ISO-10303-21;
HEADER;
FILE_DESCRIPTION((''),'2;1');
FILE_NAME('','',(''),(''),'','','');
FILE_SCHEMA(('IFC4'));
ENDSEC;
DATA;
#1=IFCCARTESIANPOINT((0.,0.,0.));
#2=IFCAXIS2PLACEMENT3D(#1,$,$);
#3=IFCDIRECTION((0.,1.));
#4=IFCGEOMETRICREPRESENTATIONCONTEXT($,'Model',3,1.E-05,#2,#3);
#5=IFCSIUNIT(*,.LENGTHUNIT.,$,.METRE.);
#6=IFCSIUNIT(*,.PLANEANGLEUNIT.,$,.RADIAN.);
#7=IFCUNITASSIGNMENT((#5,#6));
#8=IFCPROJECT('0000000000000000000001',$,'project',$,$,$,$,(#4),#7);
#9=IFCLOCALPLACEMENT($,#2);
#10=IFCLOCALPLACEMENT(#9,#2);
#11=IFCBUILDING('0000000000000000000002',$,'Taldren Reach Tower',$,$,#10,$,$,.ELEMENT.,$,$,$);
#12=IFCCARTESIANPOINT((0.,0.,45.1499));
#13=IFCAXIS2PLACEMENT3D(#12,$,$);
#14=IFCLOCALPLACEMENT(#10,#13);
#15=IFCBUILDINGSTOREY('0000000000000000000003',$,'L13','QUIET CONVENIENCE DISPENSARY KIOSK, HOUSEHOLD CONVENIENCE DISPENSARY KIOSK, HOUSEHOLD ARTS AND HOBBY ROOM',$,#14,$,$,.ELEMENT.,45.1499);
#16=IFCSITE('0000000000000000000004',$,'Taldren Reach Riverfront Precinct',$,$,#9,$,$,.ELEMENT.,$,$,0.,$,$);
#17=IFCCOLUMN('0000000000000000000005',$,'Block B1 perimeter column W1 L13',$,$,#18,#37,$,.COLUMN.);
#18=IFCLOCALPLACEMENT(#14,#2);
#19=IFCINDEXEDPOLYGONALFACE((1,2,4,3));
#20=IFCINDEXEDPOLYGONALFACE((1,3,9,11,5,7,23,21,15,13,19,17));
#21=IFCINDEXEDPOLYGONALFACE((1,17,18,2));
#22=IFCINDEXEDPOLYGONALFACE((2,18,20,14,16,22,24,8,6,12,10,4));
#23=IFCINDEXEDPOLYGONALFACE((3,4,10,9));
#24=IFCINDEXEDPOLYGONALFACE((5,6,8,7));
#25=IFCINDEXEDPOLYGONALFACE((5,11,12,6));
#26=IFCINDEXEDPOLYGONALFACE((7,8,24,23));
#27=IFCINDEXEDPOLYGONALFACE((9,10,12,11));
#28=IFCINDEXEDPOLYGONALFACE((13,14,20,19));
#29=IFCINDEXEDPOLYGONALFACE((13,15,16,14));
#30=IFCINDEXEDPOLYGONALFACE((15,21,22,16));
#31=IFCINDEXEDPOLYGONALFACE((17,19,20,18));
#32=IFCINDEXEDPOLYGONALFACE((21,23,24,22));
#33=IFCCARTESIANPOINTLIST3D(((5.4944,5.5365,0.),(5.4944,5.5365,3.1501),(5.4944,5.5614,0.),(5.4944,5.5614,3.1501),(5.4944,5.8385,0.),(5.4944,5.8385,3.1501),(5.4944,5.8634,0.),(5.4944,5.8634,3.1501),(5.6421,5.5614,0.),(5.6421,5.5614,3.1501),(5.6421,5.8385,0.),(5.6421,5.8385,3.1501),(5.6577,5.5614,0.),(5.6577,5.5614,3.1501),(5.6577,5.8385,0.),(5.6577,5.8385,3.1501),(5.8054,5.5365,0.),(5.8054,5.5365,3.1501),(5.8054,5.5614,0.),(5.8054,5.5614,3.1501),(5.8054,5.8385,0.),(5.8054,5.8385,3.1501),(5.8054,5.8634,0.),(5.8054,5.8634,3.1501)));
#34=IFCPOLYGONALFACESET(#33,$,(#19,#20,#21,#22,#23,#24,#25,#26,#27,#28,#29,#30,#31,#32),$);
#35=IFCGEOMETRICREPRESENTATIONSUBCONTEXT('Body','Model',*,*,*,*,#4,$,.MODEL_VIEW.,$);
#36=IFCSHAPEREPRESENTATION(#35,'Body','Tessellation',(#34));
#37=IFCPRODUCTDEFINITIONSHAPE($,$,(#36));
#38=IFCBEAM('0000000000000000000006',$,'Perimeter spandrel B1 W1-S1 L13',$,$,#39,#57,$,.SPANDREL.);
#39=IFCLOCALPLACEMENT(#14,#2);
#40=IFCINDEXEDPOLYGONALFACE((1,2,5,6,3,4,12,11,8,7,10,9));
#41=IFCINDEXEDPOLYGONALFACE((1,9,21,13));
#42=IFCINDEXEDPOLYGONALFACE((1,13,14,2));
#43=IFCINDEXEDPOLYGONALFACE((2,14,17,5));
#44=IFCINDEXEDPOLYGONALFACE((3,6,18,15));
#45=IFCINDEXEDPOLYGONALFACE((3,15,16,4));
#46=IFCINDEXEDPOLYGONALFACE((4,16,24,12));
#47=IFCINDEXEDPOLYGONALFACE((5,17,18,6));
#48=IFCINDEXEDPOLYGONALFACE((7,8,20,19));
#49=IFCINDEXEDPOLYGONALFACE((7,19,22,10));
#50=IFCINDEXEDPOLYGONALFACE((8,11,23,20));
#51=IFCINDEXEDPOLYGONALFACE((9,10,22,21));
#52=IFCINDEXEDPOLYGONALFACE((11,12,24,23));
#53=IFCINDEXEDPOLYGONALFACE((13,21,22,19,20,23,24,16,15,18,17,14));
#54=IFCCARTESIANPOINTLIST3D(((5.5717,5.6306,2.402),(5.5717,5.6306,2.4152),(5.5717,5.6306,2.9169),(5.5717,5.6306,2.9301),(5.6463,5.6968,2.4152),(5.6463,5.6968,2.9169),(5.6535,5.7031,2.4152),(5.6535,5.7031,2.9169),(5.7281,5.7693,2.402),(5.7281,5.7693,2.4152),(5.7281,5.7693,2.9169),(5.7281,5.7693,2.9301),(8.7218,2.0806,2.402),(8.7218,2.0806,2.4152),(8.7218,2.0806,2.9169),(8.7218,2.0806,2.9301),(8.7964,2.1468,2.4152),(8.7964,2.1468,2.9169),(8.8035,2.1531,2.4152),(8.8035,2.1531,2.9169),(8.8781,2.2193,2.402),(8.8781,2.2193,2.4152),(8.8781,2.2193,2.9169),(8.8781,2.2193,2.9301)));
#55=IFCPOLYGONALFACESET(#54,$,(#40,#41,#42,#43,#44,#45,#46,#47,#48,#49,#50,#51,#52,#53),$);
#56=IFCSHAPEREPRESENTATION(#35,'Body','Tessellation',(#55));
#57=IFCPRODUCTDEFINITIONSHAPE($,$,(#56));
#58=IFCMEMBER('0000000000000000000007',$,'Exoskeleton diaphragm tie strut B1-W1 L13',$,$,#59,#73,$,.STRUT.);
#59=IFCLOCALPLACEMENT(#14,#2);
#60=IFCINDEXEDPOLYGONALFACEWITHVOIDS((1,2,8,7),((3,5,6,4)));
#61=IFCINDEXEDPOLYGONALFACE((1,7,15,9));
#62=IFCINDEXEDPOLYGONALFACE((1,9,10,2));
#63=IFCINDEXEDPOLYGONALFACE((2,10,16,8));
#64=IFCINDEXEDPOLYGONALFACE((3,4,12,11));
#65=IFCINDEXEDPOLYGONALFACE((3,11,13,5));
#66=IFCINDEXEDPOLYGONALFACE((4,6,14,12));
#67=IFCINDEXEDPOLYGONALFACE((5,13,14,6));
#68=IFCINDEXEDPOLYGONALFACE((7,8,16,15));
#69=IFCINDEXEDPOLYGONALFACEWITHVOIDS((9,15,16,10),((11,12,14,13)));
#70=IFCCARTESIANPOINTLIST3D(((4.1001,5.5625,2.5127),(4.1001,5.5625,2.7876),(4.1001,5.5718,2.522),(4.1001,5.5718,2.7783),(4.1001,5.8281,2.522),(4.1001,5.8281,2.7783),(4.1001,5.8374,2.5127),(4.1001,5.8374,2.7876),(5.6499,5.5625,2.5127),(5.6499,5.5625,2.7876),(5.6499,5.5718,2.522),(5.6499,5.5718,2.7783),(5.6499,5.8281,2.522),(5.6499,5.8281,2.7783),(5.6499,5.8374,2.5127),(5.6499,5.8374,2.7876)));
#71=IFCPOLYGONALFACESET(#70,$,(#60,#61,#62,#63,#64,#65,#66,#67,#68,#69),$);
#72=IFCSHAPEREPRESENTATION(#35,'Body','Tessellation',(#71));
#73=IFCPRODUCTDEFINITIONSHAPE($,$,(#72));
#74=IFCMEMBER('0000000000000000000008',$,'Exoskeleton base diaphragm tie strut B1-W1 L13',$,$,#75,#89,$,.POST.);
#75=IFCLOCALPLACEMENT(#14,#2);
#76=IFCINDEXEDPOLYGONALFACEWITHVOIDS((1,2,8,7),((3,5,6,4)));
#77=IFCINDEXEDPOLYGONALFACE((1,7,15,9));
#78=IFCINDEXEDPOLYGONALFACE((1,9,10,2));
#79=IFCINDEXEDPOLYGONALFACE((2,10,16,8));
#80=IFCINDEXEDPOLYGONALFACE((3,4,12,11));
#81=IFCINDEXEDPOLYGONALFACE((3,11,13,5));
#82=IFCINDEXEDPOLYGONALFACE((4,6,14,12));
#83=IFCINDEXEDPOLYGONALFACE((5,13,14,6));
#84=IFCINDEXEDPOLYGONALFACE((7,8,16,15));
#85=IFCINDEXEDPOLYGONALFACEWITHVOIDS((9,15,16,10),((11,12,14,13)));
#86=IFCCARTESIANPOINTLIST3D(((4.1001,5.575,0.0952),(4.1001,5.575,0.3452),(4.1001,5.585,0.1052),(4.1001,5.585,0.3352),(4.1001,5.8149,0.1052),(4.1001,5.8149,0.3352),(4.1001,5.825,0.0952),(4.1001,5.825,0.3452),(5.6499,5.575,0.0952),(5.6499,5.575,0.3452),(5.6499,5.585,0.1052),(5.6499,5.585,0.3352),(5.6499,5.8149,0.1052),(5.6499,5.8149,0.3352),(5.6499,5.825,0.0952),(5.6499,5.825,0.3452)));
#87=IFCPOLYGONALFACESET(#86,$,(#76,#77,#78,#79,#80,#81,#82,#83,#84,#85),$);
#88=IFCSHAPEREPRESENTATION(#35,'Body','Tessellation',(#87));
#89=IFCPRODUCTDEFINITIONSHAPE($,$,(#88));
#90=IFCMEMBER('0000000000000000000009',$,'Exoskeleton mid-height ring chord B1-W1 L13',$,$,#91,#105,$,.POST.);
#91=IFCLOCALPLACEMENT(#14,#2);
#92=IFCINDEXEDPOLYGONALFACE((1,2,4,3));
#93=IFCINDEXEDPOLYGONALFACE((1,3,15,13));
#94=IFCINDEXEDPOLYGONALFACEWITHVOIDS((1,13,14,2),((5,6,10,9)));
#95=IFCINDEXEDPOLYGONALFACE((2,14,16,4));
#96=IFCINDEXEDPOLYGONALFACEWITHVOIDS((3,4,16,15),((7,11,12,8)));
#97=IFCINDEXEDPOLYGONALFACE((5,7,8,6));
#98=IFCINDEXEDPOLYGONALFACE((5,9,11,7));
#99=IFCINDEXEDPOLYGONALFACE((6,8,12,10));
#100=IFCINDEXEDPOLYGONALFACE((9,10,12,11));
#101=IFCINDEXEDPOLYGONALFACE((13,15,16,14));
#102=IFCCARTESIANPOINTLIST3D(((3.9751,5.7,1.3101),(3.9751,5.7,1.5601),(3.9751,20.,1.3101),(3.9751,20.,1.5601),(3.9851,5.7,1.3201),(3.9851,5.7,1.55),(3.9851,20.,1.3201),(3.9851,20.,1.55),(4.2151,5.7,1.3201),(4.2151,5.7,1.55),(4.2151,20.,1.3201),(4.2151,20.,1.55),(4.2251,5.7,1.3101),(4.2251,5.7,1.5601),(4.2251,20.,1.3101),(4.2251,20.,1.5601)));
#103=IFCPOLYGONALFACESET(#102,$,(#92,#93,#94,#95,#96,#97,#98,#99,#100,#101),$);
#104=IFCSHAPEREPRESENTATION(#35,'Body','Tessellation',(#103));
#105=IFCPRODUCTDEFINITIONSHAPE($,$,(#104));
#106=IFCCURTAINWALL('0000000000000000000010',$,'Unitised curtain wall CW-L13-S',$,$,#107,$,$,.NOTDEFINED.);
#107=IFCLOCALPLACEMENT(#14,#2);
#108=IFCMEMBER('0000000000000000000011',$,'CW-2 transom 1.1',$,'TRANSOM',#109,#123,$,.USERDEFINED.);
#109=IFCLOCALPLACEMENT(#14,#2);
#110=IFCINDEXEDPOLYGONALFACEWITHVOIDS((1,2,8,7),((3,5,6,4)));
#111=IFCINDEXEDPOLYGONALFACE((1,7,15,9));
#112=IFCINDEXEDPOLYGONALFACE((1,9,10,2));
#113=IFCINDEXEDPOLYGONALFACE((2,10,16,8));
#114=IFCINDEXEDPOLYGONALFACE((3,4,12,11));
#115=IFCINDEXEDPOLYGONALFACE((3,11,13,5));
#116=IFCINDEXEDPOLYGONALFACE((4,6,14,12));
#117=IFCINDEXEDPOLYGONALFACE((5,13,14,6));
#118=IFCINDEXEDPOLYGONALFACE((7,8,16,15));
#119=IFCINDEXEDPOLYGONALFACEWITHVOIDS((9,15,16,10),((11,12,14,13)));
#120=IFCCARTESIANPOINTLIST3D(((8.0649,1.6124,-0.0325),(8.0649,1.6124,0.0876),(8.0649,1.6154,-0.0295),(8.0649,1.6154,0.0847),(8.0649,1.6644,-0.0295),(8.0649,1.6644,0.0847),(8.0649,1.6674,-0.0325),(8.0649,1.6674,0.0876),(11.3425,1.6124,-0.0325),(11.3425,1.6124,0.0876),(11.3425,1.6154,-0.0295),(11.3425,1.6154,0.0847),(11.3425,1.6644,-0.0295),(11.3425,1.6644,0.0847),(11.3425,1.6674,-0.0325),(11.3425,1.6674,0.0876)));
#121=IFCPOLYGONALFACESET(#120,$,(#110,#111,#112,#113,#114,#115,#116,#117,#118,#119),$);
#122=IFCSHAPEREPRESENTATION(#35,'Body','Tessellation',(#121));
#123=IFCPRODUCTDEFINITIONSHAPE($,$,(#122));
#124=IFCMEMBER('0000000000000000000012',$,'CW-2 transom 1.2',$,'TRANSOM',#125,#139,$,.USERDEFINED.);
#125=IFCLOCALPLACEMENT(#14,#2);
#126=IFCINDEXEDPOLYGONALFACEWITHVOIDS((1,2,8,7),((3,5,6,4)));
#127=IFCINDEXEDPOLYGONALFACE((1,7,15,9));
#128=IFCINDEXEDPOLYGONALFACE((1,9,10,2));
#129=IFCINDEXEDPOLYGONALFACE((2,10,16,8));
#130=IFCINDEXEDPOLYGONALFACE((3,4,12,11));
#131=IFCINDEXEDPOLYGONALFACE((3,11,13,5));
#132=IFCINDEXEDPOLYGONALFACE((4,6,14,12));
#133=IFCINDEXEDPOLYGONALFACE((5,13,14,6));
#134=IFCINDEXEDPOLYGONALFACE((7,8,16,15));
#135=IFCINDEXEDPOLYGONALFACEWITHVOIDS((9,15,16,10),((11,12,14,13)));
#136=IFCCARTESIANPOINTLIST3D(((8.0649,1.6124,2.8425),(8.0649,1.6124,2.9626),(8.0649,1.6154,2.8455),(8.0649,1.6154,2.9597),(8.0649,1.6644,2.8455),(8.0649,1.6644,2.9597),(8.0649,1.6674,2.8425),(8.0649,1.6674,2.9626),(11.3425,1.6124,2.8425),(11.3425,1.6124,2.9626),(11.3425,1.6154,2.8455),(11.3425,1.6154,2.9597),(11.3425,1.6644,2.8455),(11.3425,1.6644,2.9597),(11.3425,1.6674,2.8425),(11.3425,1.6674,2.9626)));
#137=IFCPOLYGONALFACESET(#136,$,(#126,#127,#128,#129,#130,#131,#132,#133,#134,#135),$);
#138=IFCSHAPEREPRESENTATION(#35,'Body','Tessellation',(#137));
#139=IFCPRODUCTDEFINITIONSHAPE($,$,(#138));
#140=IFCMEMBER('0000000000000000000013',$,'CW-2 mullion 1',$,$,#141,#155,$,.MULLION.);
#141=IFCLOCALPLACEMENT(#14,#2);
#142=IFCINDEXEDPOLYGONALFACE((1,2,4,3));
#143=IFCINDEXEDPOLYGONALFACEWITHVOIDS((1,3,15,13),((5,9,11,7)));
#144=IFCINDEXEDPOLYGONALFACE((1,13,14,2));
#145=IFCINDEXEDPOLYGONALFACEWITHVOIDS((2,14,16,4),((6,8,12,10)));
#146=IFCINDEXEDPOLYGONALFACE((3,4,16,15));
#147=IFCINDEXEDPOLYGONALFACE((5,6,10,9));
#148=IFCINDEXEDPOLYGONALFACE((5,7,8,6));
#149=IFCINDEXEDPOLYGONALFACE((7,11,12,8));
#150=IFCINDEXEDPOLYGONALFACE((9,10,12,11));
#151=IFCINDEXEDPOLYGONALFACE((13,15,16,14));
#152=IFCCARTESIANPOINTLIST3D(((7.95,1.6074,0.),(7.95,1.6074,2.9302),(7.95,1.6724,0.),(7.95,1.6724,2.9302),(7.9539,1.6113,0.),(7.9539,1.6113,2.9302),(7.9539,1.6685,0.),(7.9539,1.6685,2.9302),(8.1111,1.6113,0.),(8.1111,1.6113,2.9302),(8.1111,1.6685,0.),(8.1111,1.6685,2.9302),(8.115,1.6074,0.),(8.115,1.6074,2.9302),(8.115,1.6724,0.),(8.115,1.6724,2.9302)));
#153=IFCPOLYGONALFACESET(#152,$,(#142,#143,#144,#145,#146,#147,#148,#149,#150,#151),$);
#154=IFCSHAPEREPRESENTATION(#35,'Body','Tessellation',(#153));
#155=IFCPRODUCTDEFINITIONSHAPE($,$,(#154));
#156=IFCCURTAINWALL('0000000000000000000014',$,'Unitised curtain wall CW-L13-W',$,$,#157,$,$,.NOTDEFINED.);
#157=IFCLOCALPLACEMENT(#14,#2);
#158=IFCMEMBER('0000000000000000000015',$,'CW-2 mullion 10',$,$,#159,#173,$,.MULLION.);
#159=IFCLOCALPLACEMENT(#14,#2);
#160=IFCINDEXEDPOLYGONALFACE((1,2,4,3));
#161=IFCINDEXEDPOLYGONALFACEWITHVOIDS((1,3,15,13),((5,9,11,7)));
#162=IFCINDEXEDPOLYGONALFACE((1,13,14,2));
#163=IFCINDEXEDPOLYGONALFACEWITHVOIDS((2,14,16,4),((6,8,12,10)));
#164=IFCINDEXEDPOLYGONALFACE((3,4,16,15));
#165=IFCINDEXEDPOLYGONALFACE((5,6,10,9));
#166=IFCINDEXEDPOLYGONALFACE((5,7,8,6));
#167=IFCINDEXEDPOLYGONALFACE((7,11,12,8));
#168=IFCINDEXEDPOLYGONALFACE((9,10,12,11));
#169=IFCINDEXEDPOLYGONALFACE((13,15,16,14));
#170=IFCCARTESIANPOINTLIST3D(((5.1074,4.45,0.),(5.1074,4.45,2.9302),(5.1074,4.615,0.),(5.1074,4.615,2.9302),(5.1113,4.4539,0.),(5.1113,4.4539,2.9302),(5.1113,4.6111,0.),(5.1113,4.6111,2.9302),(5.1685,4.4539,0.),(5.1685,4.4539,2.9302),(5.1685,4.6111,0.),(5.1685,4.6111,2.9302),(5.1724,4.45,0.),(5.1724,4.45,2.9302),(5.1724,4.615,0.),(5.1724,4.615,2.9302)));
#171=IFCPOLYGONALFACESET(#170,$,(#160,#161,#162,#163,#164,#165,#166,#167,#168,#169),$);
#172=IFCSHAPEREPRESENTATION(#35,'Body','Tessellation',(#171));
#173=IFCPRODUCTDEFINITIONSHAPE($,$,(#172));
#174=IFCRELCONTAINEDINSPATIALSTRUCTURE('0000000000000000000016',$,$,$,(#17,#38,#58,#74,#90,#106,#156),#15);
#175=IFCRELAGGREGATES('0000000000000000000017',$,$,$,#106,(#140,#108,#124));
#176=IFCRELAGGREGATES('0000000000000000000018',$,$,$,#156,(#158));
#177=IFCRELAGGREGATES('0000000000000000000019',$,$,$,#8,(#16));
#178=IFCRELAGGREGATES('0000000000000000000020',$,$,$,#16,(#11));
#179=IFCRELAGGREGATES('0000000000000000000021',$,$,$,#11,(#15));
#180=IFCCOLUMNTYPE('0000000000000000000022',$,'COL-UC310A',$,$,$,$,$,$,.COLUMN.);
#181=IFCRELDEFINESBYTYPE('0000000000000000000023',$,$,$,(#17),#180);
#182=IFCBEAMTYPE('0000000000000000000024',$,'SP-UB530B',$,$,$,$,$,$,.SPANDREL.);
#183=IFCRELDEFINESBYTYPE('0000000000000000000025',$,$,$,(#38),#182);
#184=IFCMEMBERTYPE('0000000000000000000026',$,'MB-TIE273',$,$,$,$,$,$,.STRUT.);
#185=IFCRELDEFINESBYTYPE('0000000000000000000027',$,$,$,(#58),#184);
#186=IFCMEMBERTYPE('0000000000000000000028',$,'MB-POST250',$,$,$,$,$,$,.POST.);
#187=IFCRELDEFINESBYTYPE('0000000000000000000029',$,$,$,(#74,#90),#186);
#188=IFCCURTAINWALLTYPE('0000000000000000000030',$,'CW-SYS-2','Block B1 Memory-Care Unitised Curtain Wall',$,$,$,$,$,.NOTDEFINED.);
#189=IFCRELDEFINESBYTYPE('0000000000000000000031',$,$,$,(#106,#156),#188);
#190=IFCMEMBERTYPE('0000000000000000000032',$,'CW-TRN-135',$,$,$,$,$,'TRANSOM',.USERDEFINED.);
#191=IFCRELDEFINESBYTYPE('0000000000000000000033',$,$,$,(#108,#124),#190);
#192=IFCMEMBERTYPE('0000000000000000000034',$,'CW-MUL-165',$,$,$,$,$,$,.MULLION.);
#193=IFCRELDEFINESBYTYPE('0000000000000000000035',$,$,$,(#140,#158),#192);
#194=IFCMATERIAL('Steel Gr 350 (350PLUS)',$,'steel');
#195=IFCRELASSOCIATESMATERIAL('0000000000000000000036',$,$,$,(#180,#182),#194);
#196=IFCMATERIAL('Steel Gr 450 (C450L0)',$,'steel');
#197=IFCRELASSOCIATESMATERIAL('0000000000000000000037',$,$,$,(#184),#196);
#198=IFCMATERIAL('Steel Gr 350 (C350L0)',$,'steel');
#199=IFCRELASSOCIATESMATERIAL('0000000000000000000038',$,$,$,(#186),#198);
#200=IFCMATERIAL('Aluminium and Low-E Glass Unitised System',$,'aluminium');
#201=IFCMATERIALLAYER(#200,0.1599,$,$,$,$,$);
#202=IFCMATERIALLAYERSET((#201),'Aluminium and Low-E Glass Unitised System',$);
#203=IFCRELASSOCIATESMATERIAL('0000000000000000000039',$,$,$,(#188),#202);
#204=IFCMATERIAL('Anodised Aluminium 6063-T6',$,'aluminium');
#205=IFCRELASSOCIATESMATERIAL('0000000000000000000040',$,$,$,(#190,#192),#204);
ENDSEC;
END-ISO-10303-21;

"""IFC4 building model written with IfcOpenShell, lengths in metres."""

from ifc_helpers import new_model, si_unit, direction, frame, origin, origin_2d, place, context, subcontext, project, spatial, hollow_rectangle, i_section, extrude, source, transform, mapped, material, layer, layer_set, material_profile, profile_set, type_object, element, aggregate, save


model = new_model("IFC4")

# Units and contexts
model_context = context("Model", 3, precision=1e-05, world=origin(), true_north=direction((0.0, 1.0)))
body_context = subcontext(model_context, "Body", "Model", "MODEL_VIEW")
ifc_project = project(units=[si_unit("LENGTHUNIT", "METRE"), si_unit("PLANEANGLEUNIT", "RADIAN")], contexts=[model_context])

# Site, building, storey
site_placement = place(None, origin())
site = spatial("IfcSite", under=ifc_project, at=site_placement, Name="Taldren Reach Riverfront Precinct", CompositionType="ELEMENT", RefElevation=0.0)
building_placement = place(site_placement, origin())
building = spatial("IfcBuilding", under=site, at=building_placement, Name="Taldren Reach Tower", CompositionType="ELEMENT")
storey_placement = place(building_placement, frame((0.0, 0.0, 45.1499)))
storey = spatial("IfcBuildingStorey", under=building, at=storey_placement, Name="L13", Description="QUIET CONVENIENCE DISPENSARY KIOSK, HOUSEHOLD CONVENIENCE DISPENSARY KIOSK, HOUSEHOLD ARTS AND HOBBY ROOM", CompositionType="ELEMENT", Elevation=45.1499)

# Column
ifc_material_1 = material(Name="Steel Gr 350 (350PLUS)", Category="steel")
ifc_material_profile_1 = material_profile(ifc_material_1, i_section(OverallWidth=0.311, OverallDepth=0.3269, WebThickness=0.0156, FlangeThickness=0.0249, at=origin_2d()), Name="310UC158")
ifc_profile_set_1 = profile_set([ifc_material_profile_1], Name="Steel Gr 350 (350PLUS)")
column_type = type_object("IfcColumnType", Name="COL-UC310A", PredefinedType="COLUMN", material=ifc_profile_set_1)
shared_shape_1 = source(origin(), body_context, "Body", "SweptSolid", [
    extrude(i_section(OverallWidth=0.311, OverallDepth=0.3269, WebThickness=0.0156, FlangeThickness=0.0249, at=origin_2d()), origin(), (0.0, 0.0, 1.0), 3.1501),
])
column_placement = place(storey_placement, frame((5.6499, 5.7, 0.0), z_axis=(0.0, 0.0, 1.0), x_axis=(1.0, 0.0, 0.0)))
element("IfcColumn", 1, at=column_placement, inside=storey, type_object=column_type, Name="Block B1 perimeter column W1 L13", PredefinedType="COLUMN", context=body_context, shape_type="MappedRepresentation", body=[
    mapped(shared_shape_1, transform((0.0, 0.0, 0.0), scale=1.0)),
])

# Beam
ifc_material_profile_2 = material_profile(ifc_material_1, i_section(OverallWidth=0.209, OverallDepth=0.5281, WebThickness=0.0095, FlangeThickness=0.0132, at=origin_2d()), Name="530UB82.0")
ifc_profile_set_2 = profile_set([ifc_material_profile_2], Name="Steel Gr 350 (350PLUS)")
beam_type = type_object("IfcBeamType", Name="SP-UB530B", PredefinedType="SPANDREL", material=ifc_profile_set_2)
shared_shape_2 = source(origin(), body_context, "Body", "SweptSolid", [
    extrude(i_section(OverallWidth=0.209, OverallDepth=0.5281, WebThickness=0.0095, FlangeThickness=0.0132, at=origin_2d()), origin(), (0.0, 0.0, 1.0), 4.7461),
])
beam_placement = place(storey_placement, frame((5.6499, 5.7, 2.666), z_axis=(0.663722, -0.747979, 0.0), x_axis=(0.747979, 0.663722, 0.0)))
element("IfcBeam", 2, at=beam_placement, inside=storey, type_object=beam_type, Name="Perimeter spandrel B1 W1-S1 L13", PredefinedType="SPANDREL", context=body_context, shape_type="MappedRepresentation", body=[
    mapped(shared_shape_2, transform((0.0, 0.0, 0.0), scale=1.0)),
])

# Members
ifc_material_2 = material(Name="Steel Gr 450 (C450L0)", Category="steel")
ifc_material_profile_3 = material_profile(ifc_material_2, hollow_rectangle(XDim=0.2749, YDim=0.2749, WallThickness=0.0093, at=origin_2d()), Name="275x275x9.3SHS")
ifc_profile_set_3 = profile_set([ifc_material_profile_3], Name="Steel Gr 450 (C450L0)")
member_type_1 = type_object("IfcMemberType", Name="MB-TIE273", PredefinedType="STRUT", material=ifc_profile_set_3)
shared_shape_3 = source(origin(), body_context, "Body", "SweptSolid", [
    extrude(hollow_rectangle(XDim=0.2749, YDim=0.2749, WallThickness=0.0093, at=origin_2d()), origin(), (0.0, 0.0, 1.0), 1.5498),
])
member_1_placement = place(storey_placement, frame((5.6499, 5.7, 2.6501), z_axis=(-1.0, 0.0, 0.0), x_axis=(0.0, -1.0, 0.0)))
element("IfcMember", 3, at=member_1_placement, inside=storey, type_object=member_type_1, Name="Exoskeleton diaphragm tie strut B1-W1 L13", PredefinedType="STRUT", context=body_context, shape_type="MappedRepresentation", body=[
    mapped(shared_shape_3, transform((0.0, 0.0, 0.0), scale=1.0)),
])
ifc_material_3 = material(Name="Steel Gr 350 (C350L0)", Category="steel")
ifc_material_profile_4 = material_profile(ifc_material_3, hollow_rectangle(XDim=0.25, YDim=0.25, WallThickness=0.01, at=origin_2d()), Name="250x250x10.0SHS")
ifc_profile_set_4 = profile_set([ifc_material_profile_4], Name="Steel Gr 350 (C350L0)")
member_type_2 = type_object("IfcMemberType", Name="MB-POST250", PredefinedType="POST", material=ifc_profile_set_4)
shared_shape_4 = source(origin(), body_context, "Body", "SweptSolid", [
    extrude(hollow_rectangle(XDim=0.25, YDim=0.25, WallThickness=0.01, at=origin_2d()), origin(), (0.0, 0.0, 1.0), 1.5498),
])
member_2_placement = place(storey_placement, frame((5.6499, 5.7, 0.2202), z_axis=(-1.0, 0.0, 0.0), x_axis=(0.0, -1.0, 0.0)))
element("IfcMember", 4, at=member_2_placement, inside=storey, type_object=member_type_2, Name="Exoskeleton base diaphragm tie strut B1-W1 L13", PredefinedType="POST", context=body_context, shape_type="MappedRepresentation", body=[
    mapped(shared_shape_4, transform((0.0, 0.0, 0.0), scale=1.0)),
])
shared_shape_5 = source(origin(), body_context, "Body", "SweptSolid", [
    extrude(hollow_rectangle(XDim=0.25, YDim=0.25, WallThickness=0.01, at=origin_2d()), origin(), (0.0, 0.0, 1.0), 14.3),
])
member_3_placement = place(storey_placement, frame((4.1001, 5.7, 1.4351), z_axis=(0.0, 1.0, 0.0), x_axis=(-1.0, 0.0, 0.0)))
element("IfcMember", 5, at=member_3_placement, inside=storey, type_object=member_type_2, Name="Exoskeleton mid-height ring chord B1-W1 L13", PredefinedType="POST", context=body_context, shape_type="MappedRepresentation", body=[
    mapped(shared_shape_5, transform((0.0, 0.0, 0.0), scale=1.0)),
])

# Curtain wall, members
ifc_material_4 = material(Name="Aluminium and Low-E Glass Unitised System", Category="aluminium")
ifc_layer_1 = layer(ifc_material_4, 0.1599)
ifc_layer_set_1 = layer_set([ifc_layer_1], Name="Aluminium and Low-E Glass Unitised System")
curtain_wall_type = type_object("IfcCurtainWallType", Name="CW-SYS-2", Description="Block B1 Memory-Care Unitised Curtain Wall", PredefinedType="NOTDEFINED", material=ifc_layer_set_1)
curtain_wall_1_placement = place(storey_placement, origin())
curtain_wall_1 = element("IfcCurtainWall", 6, at=curtain_wall_1_placement, inside=storey, type_object=curtain_wall_type, Name="Unitised curtain wall CW-L13-S", PredefinedType="NOTDEFINED")
ifc_material_5 = material(Name="Anodised Aluminium 6063-T6", Category="aluminium")
ifc_material_profile_5 = material_profile(ifc_material_5, hollow_rectangle(XDim=0.0549, YDim=0.1201, WallThickness=0.0029, at=origin_2d()), Name="ALU-120x55x3RHS")
ifc_profile_set_5 = profile_set([ifc_material_profile_5], Name="Anodised Aluminium 6063-T6")
member_type_3 = type_object("IfcMemberType", Name="CW-TRN-135", ElementType="TRANSOM", PredefinedType="USERDEFINED", material=ifc_profile_set_5)
shared_shape_6 = source(origin(), body_context, "Body", "SweptSolid", [
    extrude(hollow_rectangle(XDim=0.0549, YDim=0.1201, WallThickness=0.0029, at=origin_2d()), origin(), (0.0, 0.0, 1.0), 3.2776),
])
member_4_placement = place(storey_placement, frame((8.0649, 1.6399, 0.0276), z_axis=(1.0, 0.0, 0.0), x_axis=(0.0, 1.0, 0.0)))
member_4 = element("IfcMember", 7, at=member_4_placement, type_object=member_type_3, Name="CW-2 transom 1.1", ObjectType="TRANSOM", PredefinedType="USERDEFINED", context=body_context, shape_type="MappedRepresentation", body=[
    mapped(shared_shape_6, transform((0.0, 0.0, 0.0), scale=1.0)),
])
member_5_placement = place(storey_placement, frame((8.0649, 1.6399, 2.9026), z_axis=(1.0, 0.0, 0.0), x_axis=(0.0, 1.0, 0.0)))
member_5 = element("IfcMember", 8, at=member_5_placement, type_object=member_type_3, Name="CW-2 transom 1.2", ObjectType="TRANSOM", PredefinedType="USERDEFINED", context=body_context, shape_type="MappedRepresentation", body=[
    mapped(shared_shape_6, transform((0.0, 0.0, 0.0), scale=1.0)),
])
ifc_material_profile_6 = material_profile(ifc_material_5, hollow_rectangle(XDim=0.0649, YDim=0.165, WallThickness=0.0039, at=origin_2d()), Name="ALU-165x65x4RHS")
ifc_profile_set_6 = profile_set([ifc_material_profile_6], Name="Anodised Aluminium 6063-T6")
member_type_4 = type_object("IfcMemberType", Name="CW-MUL-165", PredefinedType="MULLION", material=ifc_profile_set_6)
shared_shape_7 = source(origin(), body_context, "Body", "SweptSolid", [
    extrude(hollow_rectangle(XDim=0.0649, YDim=0.165, WallThickness=0.0039, at=origin_2d()), origin(), (0.0, 0.0, 1.0), 2.9302),
])
member_6_placement = place(storey_placement, frame((8.0325, 1.6399, 0.0), z_axis=(0.0, 0.0, 1.0), x_axis=(0.0, 1.0, 0.0)))
member_6 = element("IfcMember", 9, at=member_6_placement, type_object=member_type_4, Name="CW-2 mullion 1", PredefinedType="MULLION", context=body_context, shape_type="MappedRepresentation", body=[
    mapped(shared_shape_7, transform((0.0, 0.0, 0.0), scale=1.0)),
])
aggregate(curtain_wall_1, [member_6, member_4, member_5])

# Curtain wall, member
curtain_wall_2_placement = place(storey_placement, origin())
curtain_wall_2 = element("IfcCurtainWall", 10, at=curtain_wall_2_placement, inside=storey, type_object=curtain_wall_type, Name="Unitised curtain wall CW-L13-W", PredefinedType="NOTDEFINED")
member_7_placement = place(storey_placement, frame((5.1399, 4.5325, 0.0), z_axis=(0.0, 0.0, 1.0), x_axis=(1.0, 0.0, 0.0)))
member_7 = element("IfcMember", 11, at=member_7_placement, type_object=member_type_4, Name="CW-2 mullion 10", PredefinedType="MULLION", context=body_context, shape_type="MappedRepresentation", body=[
    mapped(shared_shape_7, transform((0.0, 0.0, 0.0), scale=1.0)),
])
aggregate(curtain_wall_2, [member_7])

save(model, "model.ifc")
